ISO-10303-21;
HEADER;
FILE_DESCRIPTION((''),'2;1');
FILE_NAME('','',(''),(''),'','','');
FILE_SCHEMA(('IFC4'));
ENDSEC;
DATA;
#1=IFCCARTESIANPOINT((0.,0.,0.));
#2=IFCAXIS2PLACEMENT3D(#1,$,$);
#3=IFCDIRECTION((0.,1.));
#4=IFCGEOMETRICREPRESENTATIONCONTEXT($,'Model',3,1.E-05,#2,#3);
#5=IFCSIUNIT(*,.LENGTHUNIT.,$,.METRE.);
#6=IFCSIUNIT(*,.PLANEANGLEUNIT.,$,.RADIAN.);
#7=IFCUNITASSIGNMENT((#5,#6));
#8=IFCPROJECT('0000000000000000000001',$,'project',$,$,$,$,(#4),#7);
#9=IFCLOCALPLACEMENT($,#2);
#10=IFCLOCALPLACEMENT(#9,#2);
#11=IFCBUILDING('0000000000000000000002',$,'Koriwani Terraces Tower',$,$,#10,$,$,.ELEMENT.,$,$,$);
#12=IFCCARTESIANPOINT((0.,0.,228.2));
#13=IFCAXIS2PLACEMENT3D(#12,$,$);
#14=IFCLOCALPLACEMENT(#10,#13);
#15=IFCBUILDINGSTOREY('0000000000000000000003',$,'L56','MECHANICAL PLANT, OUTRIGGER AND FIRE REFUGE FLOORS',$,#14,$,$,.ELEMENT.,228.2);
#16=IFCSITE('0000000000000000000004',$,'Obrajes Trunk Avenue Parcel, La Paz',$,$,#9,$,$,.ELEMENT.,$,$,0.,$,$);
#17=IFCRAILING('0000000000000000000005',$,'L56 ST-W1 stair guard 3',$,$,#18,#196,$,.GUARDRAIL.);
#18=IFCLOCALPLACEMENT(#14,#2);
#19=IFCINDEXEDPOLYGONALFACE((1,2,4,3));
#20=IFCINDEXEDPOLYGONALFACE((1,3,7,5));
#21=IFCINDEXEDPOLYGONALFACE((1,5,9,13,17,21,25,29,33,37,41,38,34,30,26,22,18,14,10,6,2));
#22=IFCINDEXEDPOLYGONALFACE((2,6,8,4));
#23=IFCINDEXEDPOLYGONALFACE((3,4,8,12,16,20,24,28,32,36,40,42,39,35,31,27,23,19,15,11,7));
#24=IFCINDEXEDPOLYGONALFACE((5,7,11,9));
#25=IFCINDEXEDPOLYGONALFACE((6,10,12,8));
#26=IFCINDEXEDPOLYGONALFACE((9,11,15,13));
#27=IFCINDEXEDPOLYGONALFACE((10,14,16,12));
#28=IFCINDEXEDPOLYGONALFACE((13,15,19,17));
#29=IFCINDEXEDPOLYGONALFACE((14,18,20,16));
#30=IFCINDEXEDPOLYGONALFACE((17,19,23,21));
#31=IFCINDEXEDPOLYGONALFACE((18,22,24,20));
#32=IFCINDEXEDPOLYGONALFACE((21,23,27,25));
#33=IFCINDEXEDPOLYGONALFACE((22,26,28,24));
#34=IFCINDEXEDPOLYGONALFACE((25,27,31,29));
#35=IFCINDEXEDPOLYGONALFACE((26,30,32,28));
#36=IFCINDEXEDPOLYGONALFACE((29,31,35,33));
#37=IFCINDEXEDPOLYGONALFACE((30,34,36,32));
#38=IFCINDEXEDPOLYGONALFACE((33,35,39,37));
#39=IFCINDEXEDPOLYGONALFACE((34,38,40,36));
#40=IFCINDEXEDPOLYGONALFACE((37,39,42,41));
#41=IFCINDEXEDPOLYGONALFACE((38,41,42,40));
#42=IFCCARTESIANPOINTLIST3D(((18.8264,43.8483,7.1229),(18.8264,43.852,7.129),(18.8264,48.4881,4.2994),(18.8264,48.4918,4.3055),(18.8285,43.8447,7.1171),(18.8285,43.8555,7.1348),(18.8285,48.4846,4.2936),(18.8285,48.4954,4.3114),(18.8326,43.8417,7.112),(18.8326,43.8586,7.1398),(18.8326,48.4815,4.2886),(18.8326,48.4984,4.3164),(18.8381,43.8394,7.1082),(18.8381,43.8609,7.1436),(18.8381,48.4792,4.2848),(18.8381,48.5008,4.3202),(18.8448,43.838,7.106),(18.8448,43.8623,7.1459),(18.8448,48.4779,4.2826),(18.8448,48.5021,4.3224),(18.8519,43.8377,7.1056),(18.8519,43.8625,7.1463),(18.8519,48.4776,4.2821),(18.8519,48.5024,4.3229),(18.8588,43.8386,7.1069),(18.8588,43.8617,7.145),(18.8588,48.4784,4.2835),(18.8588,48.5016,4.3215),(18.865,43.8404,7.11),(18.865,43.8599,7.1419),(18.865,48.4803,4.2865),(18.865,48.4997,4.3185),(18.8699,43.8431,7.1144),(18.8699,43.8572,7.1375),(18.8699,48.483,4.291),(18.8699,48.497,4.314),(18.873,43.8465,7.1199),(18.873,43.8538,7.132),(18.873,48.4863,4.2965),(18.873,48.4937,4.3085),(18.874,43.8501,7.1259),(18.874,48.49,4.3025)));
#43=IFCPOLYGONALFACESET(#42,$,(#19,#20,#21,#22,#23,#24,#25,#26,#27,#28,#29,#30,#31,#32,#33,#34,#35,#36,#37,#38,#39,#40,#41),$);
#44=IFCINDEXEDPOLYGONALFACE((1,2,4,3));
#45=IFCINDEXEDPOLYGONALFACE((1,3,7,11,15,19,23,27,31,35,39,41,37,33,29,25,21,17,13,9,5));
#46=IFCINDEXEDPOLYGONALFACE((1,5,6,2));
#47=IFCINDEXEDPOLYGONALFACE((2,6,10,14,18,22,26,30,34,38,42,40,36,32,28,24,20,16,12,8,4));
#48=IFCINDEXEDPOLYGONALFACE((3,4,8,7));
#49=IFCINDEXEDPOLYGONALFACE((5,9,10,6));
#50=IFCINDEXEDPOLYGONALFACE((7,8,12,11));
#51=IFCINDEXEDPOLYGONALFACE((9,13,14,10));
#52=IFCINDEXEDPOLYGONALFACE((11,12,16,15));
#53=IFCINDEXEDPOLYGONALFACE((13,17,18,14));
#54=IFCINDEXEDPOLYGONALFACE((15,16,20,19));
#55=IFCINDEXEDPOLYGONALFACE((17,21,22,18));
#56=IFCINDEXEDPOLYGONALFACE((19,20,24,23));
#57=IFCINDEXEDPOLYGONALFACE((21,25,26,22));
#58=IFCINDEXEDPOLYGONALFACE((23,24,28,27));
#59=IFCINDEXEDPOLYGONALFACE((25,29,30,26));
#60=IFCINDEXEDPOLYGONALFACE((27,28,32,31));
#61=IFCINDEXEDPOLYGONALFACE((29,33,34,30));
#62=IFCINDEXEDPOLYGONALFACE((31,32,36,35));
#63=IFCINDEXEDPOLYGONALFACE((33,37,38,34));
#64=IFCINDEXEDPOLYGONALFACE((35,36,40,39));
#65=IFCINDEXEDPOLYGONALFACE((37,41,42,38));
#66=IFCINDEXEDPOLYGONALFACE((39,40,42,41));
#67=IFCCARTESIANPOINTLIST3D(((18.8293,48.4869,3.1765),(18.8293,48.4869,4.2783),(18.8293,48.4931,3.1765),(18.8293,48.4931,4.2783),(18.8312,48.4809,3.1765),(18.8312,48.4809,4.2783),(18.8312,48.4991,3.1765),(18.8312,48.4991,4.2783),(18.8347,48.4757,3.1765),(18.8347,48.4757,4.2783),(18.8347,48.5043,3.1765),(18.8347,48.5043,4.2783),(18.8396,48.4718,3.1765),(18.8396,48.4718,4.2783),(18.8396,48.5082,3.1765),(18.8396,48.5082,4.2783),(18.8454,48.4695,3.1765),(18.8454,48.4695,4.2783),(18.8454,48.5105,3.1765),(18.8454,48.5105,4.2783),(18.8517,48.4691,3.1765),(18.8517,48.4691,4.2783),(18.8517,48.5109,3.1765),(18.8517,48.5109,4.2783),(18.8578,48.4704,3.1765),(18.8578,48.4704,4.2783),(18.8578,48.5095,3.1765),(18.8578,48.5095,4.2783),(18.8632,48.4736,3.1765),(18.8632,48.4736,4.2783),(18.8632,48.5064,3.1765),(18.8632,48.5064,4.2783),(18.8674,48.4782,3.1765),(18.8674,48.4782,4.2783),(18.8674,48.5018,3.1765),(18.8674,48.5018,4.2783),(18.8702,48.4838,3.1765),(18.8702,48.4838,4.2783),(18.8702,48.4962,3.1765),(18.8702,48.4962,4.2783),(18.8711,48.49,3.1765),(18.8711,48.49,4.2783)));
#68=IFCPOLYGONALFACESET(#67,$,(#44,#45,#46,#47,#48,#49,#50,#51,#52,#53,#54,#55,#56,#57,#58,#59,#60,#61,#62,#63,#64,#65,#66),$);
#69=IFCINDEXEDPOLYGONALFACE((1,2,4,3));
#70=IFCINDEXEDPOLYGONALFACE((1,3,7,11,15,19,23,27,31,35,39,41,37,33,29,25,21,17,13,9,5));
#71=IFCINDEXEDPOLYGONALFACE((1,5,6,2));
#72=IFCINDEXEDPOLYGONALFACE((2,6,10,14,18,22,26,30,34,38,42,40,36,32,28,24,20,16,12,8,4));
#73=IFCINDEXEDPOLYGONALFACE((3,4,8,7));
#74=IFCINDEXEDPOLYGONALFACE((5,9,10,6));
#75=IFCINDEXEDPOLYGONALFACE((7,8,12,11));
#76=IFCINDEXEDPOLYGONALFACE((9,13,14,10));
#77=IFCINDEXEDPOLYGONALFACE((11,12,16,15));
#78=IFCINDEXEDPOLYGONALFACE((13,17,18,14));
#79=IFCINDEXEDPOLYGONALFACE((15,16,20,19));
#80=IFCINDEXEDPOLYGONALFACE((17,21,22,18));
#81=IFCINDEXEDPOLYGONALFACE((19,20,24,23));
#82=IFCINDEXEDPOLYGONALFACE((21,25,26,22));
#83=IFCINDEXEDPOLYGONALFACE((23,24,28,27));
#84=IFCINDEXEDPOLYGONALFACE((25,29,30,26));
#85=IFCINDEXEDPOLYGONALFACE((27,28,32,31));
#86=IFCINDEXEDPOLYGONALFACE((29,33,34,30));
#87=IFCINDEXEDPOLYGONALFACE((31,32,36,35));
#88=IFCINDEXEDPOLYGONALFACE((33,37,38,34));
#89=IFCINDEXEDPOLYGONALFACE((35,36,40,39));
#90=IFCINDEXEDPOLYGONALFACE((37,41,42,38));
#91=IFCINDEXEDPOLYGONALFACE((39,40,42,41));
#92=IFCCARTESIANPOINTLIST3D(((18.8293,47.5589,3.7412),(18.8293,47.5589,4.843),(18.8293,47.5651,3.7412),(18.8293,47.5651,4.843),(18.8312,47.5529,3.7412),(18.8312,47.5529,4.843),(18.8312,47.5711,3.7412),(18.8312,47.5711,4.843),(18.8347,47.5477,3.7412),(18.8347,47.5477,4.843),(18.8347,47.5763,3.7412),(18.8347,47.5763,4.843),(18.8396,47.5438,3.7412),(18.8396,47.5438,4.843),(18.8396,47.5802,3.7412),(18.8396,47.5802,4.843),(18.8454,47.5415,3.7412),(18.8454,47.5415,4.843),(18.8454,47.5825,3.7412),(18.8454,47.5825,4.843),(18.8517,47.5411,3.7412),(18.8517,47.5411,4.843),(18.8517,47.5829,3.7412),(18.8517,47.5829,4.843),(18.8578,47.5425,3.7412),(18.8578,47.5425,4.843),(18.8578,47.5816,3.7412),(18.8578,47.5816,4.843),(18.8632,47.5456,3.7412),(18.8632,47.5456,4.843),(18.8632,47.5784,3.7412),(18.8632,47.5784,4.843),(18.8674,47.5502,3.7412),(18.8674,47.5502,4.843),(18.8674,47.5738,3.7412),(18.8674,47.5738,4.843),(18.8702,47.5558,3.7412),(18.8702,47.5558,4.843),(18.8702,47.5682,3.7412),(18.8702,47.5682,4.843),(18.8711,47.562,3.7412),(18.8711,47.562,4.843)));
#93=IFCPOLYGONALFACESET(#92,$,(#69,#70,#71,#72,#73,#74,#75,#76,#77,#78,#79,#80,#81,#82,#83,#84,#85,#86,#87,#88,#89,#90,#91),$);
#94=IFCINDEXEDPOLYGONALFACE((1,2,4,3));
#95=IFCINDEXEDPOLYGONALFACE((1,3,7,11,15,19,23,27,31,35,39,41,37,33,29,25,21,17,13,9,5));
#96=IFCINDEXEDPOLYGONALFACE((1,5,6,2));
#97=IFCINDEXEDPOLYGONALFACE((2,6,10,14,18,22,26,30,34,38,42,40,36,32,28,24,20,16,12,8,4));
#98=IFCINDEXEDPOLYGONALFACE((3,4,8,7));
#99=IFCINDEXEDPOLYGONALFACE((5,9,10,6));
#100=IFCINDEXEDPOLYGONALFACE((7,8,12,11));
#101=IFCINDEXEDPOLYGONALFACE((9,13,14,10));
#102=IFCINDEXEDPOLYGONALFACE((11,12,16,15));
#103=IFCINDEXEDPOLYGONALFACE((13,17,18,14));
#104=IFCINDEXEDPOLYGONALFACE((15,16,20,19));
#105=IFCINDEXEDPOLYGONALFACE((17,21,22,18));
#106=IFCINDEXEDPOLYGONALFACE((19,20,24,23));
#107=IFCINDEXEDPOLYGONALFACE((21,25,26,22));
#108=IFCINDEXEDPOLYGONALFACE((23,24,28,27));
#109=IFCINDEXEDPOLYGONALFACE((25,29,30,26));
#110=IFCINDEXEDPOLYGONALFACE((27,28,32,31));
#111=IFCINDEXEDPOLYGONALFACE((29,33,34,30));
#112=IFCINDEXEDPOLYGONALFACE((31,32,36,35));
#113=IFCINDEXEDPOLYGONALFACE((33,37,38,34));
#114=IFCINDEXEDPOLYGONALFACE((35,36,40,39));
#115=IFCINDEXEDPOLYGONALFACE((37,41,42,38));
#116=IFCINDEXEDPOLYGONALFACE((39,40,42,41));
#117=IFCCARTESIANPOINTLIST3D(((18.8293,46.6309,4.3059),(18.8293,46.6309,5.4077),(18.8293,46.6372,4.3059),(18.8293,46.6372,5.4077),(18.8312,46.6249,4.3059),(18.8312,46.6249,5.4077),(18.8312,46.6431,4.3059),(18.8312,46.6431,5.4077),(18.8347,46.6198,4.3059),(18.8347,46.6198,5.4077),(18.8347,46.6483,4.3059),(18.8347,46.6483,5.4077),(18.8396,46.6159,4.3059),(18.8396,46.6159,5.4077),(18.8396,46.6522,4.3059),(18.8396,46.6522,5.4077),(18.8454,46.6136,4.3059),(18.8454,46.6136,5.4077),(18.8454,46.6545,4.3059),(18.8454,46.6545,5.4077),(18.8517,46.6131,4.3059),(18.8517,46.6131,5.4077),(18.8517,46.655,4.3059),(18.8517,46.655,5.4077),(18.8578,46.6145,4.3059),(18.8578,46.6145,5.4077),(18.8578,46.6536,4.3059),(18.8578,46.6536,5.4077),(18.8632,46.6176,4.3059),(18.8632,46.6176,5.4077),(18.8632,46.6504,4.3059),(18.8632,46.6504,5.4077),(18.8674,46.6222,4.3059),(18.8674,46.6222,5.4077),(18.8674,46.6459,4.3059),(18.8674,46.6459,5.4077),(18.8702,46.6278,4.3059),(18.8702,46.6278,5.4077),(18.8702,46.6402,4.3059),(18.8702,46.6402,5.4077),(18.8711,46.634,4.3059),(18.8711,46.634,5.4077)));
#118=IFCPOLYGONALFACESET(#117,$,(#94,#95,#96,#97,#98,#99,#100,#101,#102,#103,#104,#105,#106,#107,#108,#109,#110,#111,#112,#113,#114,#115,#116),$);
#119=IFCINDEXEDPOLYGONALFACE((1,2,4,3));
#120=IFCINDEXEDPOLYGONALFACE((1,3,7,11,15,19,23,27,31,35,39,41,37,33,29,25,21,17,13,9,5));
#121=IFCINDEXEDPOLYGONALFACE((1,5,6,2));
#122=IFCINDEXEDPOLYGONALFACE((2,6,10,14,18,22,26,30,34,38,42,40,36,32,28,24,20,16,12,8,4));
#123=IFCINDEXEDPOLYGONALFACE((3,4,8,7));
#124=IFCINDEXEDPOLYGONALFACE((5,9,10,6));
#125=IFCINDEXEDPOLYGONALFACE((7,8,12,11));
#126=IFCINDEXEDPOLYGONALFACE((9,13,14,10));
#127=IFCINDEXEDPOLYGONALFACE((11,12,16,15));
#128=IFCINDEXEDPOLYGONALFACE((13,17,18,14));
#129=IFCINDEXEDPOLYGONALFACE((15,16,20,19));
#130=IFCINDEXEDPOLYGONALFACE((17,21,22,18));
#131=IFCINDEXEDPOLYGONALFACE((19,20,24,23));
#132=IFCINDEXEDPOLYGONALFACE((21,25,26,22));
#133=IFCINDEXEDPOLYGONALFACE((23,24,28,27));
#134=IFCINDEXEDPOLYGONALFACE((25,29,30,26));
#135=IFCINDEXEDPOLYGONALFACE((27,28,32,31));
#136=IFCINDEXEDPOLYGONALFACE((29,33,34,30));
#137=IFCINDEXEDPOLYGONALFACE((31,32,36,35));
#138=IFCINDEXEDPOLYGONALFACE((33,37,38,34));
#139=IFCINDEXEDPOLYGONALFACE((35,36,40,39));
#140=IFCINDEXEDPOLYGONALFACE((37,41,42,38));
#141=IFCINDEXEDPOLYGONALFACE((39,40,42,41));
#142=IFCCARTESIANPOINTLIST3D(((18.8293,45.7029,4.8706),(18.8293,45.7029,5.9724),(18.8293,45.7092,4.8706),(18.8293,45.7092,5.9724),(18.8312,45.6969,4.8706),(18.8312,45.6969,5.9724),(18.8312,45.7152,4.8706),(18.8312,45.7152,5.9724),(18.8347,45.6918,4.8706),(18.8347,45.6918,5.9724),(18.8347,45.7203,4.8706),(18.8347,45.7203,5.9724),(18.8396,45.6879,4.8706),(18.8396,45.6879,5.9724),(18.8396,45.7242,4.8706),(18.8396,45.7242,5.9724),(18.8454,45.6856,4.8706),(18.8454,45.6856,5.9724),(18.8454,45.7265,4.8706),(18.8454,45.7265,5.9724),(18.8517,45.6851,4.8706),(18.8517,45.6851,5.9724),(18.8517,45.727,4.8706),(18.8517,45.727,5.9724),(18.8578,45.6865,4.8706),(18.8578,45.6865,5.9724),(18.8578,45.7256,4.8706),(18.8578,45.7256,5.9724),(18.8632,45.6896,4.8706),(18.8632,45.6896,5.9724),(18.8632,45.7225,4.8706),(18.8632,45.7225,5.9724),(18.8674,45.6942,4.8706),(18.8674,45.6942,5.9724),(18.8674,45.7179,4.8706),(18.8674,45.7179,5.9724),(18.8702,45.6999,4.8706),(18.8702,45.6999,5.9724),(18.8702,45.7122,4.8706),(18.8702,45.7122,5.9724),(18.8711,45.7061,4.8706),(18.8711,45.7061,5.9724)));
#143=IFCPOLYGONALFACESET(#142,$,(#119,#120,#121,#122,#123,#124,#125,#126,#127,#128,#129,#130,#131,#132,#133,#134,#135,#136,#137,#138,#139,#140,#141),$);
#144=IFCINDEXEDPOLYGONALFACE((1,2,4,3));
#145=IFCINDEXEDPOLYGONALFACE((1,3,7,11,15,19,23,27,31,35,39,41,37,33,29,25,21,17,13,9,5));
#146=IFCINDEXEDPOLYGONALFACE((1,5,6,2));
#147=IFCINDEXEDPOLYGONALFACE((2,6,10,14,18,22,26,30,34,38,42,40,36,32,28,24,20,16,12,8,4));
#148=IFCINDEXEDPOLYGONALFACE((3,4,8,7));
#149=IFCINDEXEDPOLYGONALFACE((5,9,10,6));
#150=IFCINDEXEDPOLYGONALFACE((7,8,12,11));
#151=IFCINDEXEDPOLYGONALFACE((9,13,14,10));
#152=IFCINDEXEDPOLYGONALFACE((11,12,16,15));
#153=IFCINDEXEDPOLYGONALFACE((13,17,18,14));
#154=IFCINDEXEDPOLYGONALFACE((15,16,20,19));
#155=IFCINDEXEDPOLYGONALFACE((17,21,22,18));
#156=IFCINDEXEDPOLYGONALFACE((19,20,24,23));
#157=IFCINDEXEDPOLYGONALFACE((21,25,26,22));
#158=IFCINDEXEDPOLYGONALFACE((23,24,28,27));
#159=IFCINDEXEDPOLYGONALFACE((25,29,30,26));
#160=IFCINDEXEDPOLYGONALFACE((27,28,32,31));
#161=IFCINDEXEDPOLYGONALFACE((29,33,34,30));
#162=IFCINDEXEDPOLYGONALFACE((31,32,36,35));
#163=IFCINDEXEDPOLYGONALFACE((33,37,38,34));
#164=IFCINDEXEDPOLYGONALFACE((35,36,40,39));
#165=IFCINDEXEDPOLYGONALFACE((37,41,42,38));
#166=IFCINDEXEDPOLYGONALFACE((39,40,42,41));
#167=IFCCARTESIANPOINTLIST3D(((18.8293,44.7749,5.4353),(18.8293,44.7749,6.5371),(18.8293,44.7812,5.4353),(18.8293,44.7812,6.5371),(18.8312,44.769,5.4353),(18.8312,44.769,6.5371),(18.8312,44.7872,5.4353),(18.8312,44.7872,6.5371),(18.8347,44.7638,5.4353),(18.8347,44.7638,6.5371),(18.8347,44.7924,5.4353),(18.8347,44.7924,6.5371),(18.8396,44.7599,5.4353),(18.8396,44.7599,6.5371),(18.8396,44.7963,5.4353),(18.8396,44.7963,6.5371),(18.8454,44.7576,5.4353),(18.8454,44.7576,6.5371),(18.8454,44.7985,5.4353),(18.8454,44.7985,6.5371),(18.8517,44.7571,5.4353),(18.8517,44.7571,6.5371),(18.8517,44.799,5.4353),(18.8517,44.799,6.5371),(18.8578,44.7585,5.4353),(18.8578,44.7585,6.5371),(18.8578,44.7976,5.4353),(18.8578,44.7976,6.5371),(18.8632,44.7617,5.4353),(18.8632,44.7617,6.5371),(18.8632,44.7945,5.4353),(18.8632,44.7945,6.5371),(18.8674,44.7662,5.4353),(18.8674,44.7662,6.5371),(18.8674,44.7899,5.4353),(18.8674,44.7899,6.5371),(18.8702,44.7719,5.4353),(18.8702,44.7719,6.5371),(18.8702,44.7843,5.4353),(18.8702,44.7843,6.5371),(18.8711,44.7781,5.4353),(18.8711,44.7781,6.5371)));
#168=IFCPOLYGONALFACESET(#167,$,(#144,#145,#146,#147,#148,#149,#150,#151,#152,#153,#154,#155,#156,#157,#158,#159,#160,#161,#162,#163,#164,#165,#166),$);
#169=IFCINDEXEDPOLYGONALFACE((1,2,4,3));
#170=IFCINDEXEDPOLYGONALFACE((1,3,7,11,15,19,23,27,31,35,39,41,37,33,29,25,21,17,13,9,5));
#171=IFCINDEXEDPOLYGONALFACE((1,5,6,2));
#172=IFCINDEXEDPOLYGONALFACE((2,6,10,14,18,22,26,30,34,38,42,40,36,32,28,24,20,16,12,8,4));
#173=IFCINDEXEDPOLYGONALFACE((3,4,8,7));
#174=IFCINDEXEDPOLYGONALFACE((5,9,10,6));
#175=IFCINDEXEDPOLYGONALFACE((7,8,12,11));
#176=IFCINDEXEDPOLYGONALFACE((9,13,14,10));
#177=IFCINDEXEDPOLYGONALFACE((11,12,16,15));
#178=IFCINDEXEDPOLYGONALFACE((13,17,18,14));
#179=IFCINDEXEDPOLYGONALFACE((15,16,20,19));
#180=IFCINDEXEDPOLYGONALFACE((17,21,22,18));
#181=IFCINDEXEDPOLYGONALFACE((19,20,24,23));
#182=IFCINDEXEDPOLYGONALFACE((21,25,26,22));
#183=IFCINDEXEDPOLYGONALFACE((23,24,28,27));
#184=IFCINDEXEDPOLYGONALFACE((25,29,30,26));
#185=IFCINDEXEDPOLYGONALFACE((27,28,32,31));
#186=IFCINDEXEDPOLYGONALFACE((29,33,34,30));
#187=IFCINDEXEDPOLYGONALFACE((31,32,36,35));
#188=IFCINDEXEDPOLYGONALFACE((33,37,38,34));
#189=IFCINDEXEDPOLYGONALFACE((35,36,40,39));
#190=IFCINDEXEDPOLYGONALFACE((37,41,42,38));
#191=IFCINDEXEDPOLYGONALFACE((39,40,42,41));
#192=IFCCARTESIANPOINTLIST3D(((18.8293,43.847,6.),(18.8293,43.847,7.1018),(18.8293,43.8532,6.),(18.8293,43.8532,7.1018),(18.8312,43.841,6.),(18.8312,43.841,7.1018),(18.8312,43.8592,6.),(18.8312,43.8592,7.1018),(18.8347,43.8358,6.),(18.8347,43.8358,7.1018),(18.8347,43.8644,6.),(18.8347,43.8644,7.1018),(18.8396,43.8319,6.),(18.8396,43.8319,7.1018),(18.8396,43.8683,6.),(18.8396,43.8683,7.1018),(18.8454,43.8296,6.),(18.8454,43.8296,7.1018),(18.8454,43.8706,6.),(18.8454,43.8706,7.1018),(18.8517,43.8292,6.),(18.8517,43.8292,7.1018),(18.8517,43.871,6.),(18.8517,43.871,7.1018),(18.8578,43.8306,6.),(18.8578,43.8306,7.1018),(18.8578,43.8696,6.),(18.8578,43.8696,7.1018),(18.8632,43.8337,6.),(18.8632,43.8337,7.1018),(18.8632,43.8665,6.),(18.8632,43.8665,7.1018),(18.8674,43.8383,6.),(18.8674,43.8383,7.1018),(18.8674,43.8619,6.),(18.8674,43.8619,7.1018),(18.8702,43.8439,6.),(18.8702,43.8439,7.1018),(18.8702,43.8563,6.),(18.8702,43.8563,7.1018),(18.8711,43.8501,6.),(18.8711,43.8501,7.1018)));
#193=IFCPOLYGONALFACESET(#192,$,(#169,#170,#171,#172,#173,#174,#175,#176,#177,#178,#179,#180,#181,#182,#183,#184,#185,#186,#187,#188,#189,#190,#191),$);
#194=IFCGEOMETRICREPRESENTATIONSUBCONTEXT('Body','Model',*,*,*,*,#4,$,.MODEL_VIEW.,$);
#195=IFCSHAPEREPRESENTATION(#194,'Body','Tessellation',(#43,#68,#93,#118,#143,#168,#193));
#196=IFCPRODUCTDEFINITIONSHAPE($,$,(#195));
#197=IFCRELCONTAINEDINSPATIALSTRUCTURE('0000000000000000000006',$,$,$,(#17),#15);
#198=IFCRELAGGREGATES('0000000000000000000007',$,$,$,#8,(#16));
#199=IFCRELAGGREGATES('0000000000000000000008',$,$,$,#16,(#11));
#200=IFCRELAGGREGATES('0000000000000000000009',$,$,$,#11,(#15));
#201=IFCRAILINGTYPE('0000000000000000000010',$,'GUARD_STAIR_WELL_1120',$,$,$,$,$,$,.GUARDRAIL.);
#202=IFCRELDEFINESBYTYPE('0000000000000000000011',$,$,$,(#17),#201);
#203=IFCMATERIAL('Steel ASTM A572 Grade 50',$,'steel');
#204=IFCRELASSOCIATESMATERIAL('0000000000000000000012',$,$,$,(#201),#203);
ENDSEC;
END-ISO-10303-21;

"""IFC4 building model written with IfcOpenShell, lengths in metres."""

from ifc_helpers import new_model, si_unit, direction, frame, origin, origin_2d, place, context, subcontext, project, spatial, circle, extrude, material, type_object, element, save


model = new_model("IFC4")

# Units and contexts
model_context = context("Model", 3, precision=1e-05, world=origin(), true_north=direction((0.0, 1.0)))
body_context = subcontext(model_context, "Body", "Model", "MODEL_VIEW")
ifc_project = project(units=[si_unit("LENGTHUNIT", "METRE"), si_unit("PLANEANGLEUNIT", "RADIAN")], contexts=[model_context])

# Site, building, storey
site_placement = place(None, origin())
site = spatial("IfcSite", under=ifc_project, at=site_placement, Name="Obrajes Trunk Avenue Parcel, La Paz", CompositionType="ELEMENT", RefElevation=0.0)
building_placement = place(site_placement, origin())
building = spatial("IfcBuilding", under=site, at=building_placement, Name="Koriwani Terraces Tower", CompositionType="ELEMENT")
storey_placement = place(building_placement, frame((0.0, 0.0, 228.2)))
storey = spatial("IfcBuildingStorey", under=building, at=storey_placement, Name="L56", Description="MECHANICAL PLANT, OUTRIGGER AND FIRE REFUGE FLOORS", CompositionType="ELEMENT", Elevation=228.2)

# Shared definitions
ifc_material_1 = material(Name="Steel ASTM A572 Grade 50", Category="steel")

# Railing
railing_type_1 = type_object("IfcRailingType", Name="GUARD_STAIR_WELL_1120", PredefinedType="GUARDRAIL", material=ifc_material_1)
railing_1_placement = place(storey_placement, frame((18.8501, 48.49, 3.1765)))
element("IfcRailing", 1, at=railing_1_placement, inside=storey, type_object=railing_type_1, Name="L56 ST-W1 stair guard 3", PredefinedType="GUARDRAIL", context=body_context, shape_type="SweptSolid", body=[
    extrude(circle(Radius=0.0239, at=origin_2d()), frame((0.0, 0.0, 1.126), z_axis=(0.0, -0.854264, 0.51984), x_axis=(1.0, 0.0, 0.0)), (0.0, 0.0, 1.0), 5.4314),
    extrude(circle(Radius=0.021, at=origin_2d()), origin(), (0.0, 0.0, 1.0), 1.1018),
    extrude(circle(Radius=0.021, at=origin_2d()), frame((0.0, -0.928, 0.5647)), (0.0, 0.0, 1.0), 1.1018),
    extrude(circle(Radius=0.021, at=origin_2d()), frame((0.0, -1.856, 1.1294)), (0.0, 0.0, 1.0), 1.1018),
    extrude(circle(Radius=0.021, at=origin_2d()), frame((0.0, -2.7839, 1.6941)), (0.0, 0.0, 1.0), 1.1018),
    extrude(circle(Radius=0.021, at=origin_2d()), frame((0.0, -3.7119, 2.2588)), (0.0, 0.0, 1.0), 1.1018),
    extrude(circle(Radius=0.021, at=origin_2d()), frame((0.0, -4.6399, 2.8235)), (0.0, 0.0, 1.0), 1.1018),
])

save(model, "model.ifc")
